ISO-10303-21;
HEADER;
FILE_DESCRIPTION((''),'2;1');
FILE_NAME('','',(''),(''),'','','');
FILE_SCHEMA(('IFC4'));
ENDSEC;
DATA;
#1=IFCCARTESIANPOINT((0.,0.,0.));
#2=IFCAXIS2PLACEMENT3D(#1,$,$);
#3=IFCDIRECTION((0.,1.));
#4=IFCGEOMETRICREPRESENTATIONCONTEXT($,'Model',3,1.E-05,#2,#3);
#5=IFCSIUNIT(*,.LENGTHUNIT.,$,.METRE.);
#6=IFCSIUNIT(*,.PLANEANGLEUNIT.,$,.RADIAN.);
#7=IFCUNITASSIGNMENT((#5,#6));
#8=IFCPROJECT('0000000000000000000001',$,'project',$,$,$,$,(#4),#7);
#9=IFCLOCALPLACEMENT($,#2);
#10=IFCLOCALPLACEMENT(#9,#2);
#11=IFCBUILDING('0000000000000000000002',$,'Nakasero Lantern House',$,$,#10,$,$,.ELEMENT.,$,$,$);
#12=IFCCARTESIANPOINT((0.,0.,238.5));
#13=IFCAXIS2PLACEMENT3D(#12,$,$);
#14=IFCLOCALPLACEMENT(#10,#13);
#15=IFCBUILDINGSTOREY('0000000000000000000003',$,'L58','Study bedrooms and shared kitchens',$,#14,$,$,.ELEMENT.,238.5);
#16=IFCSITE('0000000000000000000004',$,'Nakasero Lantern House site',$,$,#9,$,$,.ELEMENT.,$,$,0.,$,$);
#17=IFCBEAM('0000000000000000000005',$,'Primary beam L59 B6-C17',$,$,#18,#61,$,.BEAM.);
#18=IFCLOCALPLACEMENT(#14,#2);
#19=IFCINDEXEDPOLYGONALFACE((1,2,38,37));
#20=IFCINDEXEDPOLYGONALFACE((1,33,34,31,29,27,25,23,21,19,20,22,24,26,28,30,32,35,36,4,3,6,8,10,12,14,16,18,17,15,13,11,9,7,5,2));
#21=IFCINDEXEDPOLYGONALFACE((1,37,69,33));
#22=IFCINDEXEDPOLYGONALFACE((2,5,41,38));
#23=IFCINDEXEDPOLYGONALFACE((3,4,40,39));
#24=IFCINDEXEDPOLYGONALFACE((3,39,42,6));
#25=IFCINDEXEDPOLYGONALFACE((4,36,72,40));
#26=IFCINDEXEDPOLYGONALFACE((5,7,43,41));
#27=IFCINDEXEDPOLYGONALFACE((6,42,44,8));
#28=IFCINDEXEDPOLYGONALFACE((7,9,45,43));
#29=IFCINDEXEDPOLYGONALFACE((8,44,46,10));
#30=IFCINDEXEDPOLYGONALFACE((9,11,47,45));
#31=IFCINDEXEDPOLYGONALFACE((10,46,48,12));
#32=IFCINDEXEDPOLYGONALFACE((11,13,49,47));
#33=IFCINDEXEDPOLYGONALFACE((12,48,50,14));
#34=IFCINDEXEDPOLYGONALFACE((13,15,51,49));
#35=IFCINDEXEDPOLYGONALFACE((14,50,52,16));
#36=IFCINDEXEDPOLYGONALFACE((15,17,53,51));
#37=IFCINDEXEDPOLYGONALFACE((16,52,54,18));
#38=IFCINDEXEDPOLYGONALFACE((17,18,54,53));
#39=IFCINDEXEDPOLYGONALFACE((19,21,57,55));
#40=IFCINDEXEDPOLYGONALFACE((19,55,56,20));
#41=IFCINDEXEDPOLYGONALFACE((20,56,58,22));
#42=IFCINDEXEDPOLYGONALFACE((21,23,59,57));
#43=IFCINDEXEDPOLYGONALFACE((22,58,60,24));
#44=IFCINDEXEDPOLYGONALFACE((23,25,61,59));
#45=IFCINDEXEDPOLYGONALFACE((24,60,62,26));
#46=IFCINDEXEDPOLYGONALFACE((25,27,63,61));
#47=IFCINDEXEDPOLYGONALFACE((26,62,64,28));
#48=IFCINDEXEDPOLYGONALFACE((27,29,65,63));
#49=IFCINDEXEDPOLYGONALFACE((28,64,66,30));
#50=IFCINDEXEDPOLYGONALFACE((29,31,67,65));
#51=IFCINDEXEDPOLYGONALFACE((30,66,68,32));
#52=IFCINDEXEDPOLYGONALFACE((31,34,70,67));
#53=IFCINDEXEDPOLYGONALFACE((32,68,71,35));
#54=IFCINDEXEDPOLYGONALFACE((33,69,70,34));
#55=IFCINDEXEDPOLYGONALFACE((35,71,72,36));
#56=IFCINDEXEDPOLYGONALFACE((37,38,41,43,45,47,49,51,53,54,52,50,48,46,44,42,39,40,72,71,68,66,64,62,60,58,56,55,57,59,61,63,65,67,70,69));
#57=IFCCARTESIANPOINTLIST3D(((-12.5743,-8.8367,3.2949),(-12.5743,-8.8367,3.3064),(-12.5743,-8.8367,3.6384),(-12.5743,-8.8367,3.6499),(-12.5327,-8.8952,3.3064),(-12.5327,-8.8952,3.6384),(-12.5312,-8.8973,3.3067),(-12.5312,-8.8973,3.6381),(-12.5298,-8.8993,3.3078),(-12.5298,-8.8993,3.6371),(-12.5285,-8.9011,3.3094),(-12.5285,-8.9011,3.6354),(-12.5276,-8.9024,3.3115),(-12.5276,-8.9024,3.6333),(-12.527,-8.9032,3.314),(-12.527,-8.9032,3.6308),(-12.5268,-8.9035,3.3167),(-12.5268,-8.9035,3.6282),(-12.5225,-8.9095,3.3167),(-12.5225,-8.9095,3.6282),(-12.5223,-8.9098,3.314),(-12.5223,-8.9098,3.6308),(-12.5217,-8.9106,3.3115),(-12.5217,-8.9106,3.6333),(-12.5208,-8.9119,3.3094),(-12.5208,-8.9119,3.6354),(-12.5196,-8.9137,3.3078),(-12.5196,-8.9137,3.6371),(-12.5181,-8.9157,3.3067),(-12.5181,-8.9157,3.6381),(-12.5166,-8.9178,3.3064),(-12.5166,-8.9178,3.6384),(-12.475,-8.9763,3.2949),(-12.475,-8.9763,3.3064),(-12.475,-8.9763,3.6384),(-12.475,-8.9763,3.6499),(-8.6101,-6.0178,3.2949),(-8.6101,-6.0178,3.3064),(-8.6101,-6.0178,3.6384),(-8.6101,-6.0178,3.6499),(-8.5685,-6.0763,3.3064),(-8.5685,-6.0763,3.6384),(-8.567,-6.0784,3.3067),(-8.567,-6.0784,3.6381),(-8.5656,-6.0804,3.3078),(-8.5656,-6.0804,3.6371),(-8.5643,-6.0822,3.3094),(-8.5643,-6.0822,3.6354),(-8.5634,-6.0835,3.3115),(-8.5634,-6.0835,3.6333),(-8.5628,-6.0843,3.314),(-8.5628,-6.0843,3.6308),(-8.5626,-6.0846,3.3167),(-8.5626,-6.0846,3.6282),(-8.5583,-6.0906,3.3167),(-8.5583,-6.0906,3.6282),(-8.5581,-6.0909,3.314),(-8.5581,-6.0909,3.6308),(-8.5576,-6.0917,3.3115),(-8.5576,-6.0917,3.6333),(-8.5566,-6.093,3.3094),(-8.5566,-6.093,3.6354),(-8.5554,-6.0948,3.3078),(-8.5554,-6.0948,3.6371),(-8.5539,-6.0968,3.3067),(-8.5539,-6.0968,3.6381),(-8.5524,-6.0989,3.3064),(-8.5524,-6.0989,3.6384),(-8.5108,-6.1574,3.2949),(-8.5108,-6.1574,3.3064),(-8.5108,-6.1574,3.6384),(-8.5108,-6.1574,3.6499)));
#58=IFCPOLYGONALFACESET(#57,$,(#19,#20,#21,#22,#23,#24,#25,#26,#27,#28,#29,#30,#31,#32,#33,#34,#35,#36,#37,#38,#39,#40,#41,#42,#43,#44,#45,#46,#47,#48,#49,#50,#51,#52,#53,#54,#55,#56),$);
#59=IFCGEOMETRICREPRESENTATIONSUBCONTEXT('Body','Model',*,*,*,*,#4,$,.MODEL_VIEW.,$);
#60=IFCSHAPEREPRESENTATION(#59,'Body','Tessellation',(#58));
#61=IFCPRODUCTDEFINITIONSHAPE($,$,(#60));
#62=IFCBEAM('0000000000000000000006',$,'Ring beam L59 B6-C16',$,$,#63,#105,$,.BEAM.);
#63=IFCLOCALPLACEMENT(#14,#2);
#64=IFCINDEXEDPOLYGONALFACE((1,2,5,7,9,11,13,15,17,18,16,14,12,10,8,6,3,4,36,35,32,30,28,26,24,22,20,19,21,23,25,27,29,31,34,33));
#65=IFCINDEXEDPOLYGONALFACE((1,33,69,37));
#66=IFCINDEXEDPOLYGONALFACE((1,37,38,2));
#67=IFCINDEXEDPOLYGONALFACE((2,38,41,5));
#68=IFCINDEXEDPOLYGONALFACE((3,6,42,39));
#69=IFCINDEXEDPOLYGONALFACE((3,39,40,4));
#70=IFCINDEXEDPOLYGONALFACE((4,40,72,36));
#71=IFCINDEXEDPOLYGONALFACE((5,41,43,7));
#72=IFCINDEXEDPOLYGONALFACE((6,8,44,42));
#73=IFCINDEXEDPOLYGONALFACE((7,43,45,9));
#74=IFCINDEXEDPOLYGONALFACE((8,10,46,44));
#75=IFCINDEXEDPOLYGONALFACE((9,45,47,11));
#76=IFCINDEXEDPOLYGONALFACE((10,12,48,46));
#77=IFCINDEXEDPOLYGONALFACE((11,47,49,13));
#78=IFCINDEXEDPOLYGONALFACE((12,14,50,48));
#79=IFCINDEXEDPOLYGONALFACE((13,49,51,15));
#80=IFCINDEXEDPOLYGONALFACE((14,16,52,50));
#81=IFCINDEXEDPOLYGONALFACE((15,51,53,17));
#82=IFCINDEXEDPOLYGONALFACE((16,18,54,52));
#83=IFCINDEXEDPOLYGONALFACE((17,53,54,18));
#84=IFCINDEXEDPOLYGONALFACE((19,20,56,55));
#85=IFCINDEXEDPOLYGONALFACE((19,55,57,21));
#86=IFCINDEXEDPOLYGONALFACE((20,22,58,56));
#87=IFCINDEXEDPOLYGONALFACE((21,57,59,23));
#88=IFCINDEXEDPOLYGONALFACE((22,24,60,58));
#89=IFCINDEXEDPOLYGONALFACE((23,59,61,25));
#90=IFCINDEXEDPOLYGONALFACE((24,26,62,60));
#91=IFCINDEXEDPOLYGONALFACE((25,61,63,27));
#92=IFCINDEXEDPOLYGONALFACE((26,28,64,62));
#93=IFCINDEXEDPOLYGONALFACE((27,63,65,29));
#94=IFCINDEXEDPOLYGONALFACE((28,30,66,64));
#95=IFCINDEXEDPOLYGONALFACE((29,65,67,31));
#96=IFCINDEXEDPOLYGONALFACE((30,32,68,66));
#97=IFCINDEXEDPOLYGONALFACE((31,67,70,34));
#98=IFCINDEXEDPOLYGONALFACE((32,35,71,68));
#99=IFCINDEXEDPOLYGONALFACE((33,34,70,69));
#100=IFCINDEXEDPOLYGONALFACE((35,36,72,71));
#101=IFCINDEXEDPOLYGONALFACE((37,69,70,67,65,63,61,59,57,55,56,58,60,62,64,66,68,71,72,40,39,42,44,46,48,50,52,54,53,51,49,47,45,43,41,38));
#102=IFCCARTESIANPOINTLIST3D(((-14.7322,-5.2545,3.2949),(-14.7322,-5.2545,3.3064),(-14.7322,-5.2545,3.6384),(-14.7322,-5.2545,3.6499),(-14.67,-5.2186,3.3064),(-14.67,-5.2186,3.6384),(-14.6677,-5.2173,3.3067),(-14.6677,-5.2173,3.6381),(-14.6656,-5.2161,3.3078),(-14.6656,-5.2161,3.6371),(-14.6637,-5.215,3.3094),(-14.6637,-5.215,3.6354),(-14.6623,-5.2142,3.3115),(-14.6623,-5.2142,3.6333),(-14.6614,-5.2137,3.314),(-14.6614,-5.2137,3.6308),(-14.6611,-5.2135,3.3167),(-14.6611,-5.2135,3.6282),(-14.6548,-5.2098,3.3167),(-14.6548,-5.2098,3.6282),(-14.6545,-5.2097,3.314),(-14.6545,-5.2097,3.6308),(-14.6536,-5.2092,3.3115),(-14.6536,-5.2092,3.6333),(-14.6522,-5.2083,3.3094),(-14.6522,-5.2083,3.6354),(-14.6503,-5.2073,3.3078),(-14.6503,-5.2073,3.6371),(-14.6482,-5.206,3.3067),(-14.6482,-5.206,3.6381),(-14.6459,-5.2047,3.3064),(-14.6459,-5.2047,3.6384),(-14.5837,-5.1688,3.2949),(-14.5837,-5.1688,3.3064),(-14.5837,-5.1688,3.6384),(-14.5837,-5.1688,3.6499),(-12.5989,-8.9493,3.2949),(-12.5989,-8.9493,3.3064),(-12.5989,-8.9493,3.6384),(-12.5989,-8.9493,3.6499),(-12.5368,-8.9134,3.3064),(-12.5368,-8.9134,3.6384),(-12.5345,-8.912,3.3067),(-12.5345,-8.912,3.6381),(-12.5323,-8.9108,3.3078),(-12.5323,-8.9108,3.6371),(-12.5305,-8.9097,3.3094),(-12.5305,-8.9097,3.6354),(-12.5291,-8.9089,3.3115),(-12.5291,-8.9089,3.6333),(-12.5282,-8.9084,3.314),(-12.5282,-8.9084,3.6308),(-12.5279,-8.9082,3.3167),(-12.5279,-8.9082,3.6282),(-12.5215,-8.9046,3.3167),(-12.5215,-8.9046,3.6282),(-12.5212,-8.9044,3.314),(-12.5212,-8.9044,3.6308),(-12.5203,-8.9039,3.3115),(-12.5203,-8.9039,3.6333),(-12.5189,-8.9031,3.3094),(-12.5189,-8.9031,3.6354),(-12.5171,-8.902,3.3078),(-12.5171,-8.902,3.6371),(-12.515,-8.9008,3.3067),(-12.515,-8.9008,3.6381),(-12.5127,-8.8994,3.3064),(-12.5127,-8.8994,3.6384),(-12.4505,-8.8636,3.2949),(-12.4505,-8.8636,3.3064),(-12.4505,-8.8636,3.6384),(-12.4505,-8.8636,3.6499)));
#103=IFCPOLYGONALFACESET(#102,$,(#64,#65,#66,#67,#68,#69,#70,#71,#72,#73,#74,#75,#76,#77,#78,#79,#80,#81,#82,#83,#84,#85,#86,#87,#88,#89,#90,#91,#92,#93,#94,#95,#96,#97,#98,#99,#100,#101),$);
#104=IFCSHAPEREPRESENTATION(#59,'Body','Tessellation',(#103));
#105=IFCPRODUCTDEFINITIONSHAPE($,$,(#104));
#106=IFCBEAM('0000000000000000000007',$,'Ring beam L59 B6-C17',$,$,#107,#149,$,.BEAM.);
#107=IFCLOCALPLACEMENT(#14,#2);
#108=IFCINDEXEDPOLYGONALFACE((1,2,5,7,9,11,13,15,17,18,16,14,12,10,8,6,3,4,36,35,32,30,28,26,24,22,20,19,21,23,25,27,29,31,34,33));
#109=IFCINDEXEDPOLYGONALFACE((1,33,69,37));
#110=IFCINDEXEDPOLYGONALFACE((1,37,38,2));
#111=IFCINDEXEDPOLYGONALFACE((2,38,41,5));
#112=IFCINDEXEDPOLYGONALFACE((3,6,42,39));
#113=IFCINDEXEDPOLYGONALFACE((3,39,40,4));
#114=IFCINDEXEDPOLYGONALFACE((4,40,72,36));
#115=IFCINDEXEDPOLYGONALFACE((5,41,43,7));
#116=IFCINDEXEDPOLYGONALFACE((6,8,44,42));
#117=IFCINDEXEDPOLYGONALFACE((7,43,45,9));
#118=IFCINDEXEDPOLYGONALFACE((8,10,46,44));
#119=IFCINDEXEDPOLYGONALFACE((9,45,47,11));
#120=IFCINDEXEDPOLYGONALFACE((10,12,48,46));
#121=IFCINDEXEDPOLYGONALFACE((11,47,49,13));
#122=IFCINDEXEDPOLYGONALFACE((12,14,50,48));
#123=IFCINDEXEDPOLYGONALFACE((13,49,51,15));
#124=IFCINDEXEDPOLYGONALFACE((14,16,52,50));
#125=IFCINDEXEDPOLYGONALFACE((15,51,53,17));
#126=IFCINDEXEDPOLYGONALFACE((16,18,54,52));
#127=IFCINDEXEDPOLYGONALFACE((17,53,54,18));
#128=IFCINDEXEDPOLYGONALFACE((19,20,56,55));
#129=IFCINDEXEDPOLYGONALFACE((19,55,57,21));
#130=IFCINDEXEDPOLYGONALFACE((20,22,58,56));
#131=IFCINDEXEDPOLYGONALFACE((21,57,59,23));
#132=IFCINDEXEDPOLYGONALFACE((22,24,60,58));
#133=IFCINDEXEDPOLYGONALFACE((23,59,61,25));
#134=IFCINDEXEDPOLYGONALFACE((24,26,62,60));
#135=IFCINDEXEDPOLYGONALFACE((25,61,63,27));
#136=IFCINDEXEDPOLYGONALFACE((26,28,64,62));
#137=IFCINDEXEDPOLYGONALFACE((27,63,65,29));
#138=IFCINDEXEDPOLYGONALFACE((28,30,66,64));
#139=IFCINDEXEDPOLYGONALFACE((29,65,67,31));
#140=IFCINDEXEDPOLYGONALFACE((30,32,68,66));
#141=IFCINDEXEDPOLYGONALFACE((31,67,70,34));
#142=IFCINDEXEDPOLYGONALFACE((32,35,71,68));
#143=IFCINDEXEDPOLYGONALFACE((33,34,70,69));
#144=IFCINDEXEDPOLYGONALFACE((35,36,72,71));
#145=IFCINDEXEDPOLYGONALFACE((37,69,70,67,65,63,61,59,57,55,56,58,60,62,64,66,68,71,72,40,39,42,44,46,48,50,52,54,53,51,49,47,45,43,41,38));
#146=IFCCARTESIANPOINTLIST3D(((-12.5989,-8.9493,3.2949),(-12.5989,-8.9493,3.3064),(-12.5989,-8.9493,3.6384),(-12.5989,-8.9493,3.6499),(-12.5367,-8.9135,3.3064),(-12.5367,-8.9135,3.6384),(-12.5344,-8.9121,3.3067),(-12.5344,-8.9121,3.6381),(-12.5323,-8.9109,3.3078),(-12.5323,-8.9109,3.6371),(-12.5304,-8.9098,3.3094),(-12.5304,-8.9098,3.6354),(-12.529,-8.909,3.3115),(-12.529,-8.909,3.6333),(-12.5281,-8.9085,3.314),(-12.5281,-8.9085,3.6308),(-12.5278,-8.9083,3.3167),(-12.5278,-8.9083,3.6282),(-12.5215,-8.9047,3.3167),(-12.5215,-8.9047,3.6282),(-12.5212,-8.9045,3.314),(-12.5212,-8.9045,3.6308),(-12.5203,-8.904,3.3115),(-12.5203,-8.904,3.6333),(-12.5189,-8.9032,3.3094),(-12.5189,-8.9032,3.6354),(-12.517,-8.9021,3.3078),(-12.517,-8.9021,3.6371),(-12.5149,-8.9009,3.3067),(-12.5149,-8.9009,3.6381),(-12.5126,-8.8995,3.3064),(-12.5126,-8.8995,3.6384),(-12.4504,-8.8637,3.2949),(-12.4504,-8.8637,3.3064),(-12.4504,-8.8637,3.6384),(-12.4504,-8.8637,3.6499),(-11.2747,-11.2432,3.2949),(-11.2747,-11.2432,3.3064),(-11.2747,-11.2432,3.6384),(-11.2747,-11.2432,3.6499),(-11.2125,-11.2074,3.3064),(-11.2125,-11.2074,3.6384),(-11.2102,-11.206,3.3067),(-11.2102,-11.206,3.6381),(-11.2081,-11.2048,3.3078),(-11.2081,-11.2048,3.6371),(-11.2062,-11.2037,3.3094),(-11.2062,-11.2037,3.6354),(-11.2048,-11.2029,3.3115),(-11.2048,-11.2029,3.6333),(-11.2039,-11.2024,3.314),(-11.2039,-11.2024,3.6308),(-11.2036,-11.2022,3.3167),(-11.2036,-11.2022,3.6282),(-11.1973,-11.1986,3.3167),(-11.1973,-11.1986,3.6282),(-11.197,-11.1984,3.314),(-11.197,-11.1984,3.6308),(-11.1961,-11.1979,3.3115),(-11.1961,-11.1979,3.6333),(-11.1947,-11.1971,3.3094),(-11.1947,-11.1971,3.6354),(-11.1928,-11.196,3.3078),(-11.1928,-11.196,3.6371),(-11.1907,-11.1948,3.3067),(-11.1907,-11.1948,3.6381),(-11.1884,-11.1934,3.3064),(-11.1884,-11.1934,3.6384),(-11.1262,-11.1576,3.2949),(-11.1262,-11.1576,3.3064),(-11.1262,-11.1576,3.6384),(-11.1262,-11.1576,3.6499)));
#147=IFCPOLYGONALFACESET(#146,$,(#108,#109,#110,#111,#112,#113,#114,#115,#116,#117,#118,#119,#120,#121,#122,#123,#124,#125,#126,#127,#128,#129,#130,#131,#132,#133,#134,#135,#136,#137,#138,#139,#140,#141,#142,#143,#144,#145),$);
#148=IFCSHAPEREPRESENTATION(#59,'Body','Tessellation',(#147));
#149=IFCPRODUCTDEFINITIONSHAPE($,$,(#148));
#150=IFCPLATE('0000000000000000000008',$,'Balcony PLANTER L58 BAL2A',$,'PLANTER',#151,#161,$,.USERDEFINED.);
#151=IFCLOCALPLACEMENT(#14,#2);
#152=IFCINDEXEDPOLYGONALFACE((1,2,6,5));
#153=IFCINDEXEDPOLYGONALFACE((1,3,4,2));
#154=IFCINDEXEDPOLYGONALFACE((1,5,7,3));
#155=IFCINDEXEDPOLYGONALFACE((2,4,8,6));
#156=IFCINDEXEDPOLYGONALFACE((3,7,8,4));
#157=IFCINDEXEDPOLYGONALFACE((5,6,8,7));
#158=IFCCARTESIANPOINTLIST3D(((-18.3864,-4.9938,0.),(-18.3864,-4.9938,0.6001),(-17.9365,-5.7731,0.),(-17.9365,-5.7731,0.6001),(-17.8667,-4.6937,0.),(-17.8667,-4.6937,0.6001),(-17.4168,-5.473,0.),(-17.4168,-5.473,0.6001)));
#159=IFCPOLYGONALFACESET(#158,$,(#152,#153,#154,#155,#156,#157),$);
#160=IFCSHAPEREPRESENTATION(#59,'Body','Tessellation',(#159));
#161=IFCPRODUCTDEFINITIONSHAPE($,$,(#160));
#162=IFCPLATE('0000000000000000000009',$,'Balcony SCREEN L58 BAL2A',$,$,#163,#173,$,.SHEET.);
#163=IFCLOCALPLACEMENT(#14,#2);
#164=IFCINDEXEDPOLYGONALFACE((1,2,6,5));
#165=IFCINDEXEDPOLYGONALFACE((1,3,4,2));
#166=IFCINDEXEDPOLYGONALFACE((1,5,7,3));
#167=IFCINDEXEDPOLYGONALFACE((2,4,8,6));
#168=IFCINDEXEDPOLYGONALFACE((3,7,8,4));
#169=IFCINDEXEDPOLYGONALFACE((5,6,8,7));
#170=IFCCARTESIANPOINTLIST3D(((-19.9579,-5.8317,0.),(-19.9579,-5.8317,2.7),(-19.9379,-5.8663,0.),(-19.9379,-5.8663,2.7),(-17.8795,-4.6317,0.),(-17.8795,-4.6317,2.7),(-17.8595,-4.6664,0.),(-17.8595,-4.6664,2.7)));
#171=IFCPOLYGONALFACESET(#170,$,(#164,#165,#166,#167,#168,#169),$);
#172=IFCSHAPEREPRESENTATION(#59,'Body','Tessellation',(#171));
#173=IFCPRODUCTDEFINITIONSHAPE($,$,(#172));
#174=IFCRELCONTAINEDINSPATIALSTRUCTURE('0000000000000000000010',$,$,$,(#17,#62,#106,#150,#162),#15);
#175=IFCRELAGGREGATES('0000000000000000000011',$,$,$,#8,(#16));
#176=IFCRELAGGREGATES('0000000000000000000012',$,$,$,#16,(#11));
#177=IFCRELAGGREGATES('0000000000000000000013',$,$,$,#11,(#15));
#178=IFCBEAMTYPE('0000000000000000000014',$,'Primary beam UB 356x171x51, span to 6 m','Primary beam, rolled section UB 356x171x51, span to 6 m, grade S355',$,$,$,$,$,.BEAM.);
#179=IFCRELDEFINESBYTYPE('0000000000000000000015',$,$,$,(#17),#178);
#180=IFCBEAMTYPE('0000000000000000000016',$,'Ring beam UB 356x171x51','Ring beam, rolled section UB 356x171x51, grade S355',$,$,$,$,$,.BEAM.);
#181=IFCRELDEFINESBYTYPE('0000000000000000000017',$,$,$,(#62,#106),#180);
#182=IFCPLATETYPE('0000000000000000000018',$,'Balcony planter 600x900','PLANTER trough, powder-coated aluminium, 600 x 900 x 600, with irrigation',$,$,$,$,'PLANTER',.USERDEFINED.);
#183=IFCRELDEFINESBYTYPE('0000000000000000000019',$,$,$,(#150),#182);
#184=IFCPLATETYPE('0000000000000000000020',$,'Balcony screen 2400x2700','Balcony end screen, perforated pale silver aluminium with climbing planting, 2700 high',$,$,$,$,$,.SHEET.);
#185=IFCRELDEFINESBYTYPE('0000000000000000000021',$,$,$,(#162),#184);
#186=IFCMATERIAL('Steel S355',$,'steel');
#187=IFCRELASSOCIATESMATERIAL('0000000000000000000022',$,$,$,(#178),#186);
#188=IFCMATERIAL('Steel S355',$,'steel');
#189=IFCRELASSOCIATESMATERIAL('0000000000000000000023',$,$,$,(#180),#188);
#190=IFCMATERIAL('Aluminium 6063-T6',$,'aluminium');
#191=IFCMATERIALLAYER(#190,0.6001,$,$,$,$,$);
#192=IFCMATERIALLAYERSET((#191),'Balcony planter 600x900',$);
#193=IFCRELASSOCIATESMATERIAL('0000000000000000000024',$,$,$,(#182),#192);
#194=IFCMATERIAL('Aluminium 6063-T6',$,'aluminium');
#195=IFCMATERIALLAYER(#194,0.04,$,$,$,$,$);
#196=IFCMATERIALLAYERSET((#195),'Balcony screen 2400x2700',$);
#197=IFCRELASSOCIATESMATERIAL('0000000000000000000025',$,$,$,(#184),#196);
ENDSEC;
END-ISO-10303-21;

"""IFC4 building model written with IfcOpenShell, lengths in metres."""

from ifc_helpers import new_model, si_unit, direction, frame, origin, origin_2d, place, context, subcontext, project, spatial, rectangle, i_section, extrude, material, layer, layer_set, material_profile, profile_set, type_object, element, save


model = new_model("IFC4")

# Units and contexts
model_context = context("Model", 3, precision=1e-05, world=origin(), true_north=direction((0.0, 1.0)))
body_context = subcontext(model_context, "Body", "Model", "MODEL_VIEW")
ifc_project = project(units=[si_unit("LENGTHUNIT", "METRE"), si_unit("PLANEANGLEUNIT", "RADIAN")], contexts=[model_context])

# Site, building, storey
site_placement = place(None, origin())
site = spatial("IfcSite", under=ifc_project, at=site_placement, Name="Nakasero Lantern House site", CompositionType="ELEMENT", RefElevation=0.0)
building_placement = place(site_placement, origin())
building = spatial("IfcBuilding", under=site, at=building_placement, Name="Nakasero Lantern House", CompositionType="ELEMENT")
storey_placement = place(building_placement, frame((0.0, 0.0, 238.5)))
storey = spatial("IfcBuildingStorey", under=building, at=storey_placement, Name="L58", Description="Study bedrooms and shared kitchens", CompositionType="ELEMENT", Elevation=238.5)

# Beams
ifc_material_1 = material(Name="Steel S355", Category="steel")
ifc_material_profile_1 = material_profile(ifc_material_1, i_section(OverallWidth=0.1714, OverallDepth=0.355, WebThickness=0.0073, FlangeThickness=0.0115, FilletRadius=0.0103, at=origin_2d()), Name="UB 356x171x51")
ifc_profile_set_1 = profile_set([ifc_material_profile_1], Name="Steel S355")
beam_type_1 = type_object("IfcBeamType", Name="Primary beam UB 356x171x51, span to 6 m", Description="Primary beam, rolled section UB 356x171x51, span to 6 m, grade S355", PredefinedType="BEAM", material=ifc_profile_set_1)
beam_1_placement = place(storey_placement, frame((-12.5247, -8.9065, 3.4724), z_axis=(0.814963, 0.579513, 0.0), x_axis=(-0.579513, 0.814963, 0.0)))
element("IfcBeam", 1, at=beam_1_placement, inside=storey, type_object=beam_type_1, Name="Primary beam L59 B6-C17", PredefinedType="BEAM", context=body_context, shape_type="SweptSolid", body=[
    extrude(i_section(OverallWidth=0.1714, OverallDepth=0.355, WebThickness=0.0073, FlangeThickness=0.0115, FilletRadius=0.0103, at=origin_2d()), origin(), (0.0, 0.0, 1.0), 4.8643),
])
ifc_material_2 = material(Name="Steel S355", Category="steel")
ifc_material_profile_2 = material_profile(ifc_material_2, i_section(OverallWidth=0.1714, OverallDepth=0.355, WebThickness=0.0073, FlangeThickness=0.0115, FilletRadius=0.0103, at=origin_2d()), Name="UB 356x171x51")
ifc_profile_set_2 = profile_set([ifc_material_profile_2], Name="Steel S355")
beam_type_2 = type_object("IfcBeamType", Name="Ring beam UB 356x171x51", Description="Ring beam, rolled section UB 356x171x51, grade S355", PredefinedType="BEAM", material=ifc_profile_set_2)
beam_2_placement = place(storey_placement, frame((-14.658, -5.2117, 3.4724), z_axis=(0.500016, -0.866016, 0.0), x_axis=(0.866016, 0.500016, 0.0)))
element("IfcBeam", 2, at=beam_2_placement, inside=storey, type_object=beam_type_2, Name="Ring beam L59 B6-C16", PredefinedType="BEAM", context=body_context, shape_type="SweptSolid", body=[
    extrude(i_section(OverallWidth=0.1714, OverallDepth=0.355, WebThickness=0.0073, FlangeThickness=0.0115, FilletRadius=0.0103, at=origin_2d()), origin(), (0.0, 0.0, 1.0), 4.2664),
])
beam_3_placement = place(storey_placement, frame((-12.5247, -8.9065, 3.4724), z_axis=(0.499946, -0.866057, 0.0), x_axis=(0.866057, 0.499946, 0.0)))
element("IfcBeam", 3, at=beam_3_placement, inside=storey, type_object=beam_type_2, Name="Ring beam L59 B6-C17", PredefinedType="BEAM", context=body_context, shape_type="SweptSolid", body=[
    extrude(i_section(OverallWidth=0.1714, OverallDepth=0.355, WebThickness=0.0073, FlangeThickness=0.0115, FilletRadius=0.0103, at=origin_2d()), origin(), (0.0, 0.0, 1.0), 2.6487),
])

# Plates
ifc_material_3 = material(Name="Aluminium 6063-T6", Category="aluminium")
ifc_layer_1 = layer(ifc_material_3, 0.6001)
ifc_layer_set_1 = layer_set([ifc_layer_1], Name="Balcony planter 600x900")
plate_type_1 = type_object("IfcPlateType", Name="Balcony planter 600x900", Description="PLANTER trough, powder-coated aluminium, 600 x 900 x 600, with irrigation", ElementType="PLANTER", PredefinedType="USERDEFINED", material=ifc_layer_set_1)
plate_1_placement = place(storey_placement, frame((-17.9016, -5.2334, 0.0), z_axis=(0.0, 0.0, 1.0), x_axis=(-0.866025, -0.5, 0.0)))
element("IfcPlate", 4, at=plate_1_placement, inside=storey, type_object=plate_type_1, Name="Balcony PLANTER L58 BAL2A", ObjectType="PLANTER", PredefinedType="USERDEFINED", context=body_context, shape_type="SweptSolid", body=[
    extrude(rectangle(XDim=0.6001, YDim=0.8999, at=origin_2d()), origin(), (0.0, 0.0, 1.0), 0.6001),
])
ifc_material_4 = material(Name="Aluminium 6063-T6", Category="aluminium")
ifc_layer_2 = layer(ifc_material_4, 0.04)
ifc_layer_set_2 = layer_set([ifc_layer_2], Name="Balcony screen 2400x2700")
plate_type_2 = type_object("IfcPlateType", Name="Balcony screen 2400x2700", Description="Balcony end screen, perforated pale silver aluminium with climbing planting, 2700 high", PredefinedType="SHEET", material=ifc_layer_set_2)
plate_2_placement = place(storey_placement, frame((-18.9087, -5.249, 0.0), z_axis=(0.0, 0.0, 1.0), x_axis=(-0.866025, -0.5, 0.0)))
element("IfcPlate", 5, at=plate_2_placement, inside=storey, type_object=plate_type_2, Name="Balcony SCREEN L58 BAL2A", PredefinedType="SHEET", context=body_context, shape_type="SweptSolid", body=[
    extrude(rectangle(XDim=2.3999, YDim=0.04, at=origin_2d()), origin(), (0.0, 0.0, 1.0), 2.7),
])

save(model, "model.ifc")
